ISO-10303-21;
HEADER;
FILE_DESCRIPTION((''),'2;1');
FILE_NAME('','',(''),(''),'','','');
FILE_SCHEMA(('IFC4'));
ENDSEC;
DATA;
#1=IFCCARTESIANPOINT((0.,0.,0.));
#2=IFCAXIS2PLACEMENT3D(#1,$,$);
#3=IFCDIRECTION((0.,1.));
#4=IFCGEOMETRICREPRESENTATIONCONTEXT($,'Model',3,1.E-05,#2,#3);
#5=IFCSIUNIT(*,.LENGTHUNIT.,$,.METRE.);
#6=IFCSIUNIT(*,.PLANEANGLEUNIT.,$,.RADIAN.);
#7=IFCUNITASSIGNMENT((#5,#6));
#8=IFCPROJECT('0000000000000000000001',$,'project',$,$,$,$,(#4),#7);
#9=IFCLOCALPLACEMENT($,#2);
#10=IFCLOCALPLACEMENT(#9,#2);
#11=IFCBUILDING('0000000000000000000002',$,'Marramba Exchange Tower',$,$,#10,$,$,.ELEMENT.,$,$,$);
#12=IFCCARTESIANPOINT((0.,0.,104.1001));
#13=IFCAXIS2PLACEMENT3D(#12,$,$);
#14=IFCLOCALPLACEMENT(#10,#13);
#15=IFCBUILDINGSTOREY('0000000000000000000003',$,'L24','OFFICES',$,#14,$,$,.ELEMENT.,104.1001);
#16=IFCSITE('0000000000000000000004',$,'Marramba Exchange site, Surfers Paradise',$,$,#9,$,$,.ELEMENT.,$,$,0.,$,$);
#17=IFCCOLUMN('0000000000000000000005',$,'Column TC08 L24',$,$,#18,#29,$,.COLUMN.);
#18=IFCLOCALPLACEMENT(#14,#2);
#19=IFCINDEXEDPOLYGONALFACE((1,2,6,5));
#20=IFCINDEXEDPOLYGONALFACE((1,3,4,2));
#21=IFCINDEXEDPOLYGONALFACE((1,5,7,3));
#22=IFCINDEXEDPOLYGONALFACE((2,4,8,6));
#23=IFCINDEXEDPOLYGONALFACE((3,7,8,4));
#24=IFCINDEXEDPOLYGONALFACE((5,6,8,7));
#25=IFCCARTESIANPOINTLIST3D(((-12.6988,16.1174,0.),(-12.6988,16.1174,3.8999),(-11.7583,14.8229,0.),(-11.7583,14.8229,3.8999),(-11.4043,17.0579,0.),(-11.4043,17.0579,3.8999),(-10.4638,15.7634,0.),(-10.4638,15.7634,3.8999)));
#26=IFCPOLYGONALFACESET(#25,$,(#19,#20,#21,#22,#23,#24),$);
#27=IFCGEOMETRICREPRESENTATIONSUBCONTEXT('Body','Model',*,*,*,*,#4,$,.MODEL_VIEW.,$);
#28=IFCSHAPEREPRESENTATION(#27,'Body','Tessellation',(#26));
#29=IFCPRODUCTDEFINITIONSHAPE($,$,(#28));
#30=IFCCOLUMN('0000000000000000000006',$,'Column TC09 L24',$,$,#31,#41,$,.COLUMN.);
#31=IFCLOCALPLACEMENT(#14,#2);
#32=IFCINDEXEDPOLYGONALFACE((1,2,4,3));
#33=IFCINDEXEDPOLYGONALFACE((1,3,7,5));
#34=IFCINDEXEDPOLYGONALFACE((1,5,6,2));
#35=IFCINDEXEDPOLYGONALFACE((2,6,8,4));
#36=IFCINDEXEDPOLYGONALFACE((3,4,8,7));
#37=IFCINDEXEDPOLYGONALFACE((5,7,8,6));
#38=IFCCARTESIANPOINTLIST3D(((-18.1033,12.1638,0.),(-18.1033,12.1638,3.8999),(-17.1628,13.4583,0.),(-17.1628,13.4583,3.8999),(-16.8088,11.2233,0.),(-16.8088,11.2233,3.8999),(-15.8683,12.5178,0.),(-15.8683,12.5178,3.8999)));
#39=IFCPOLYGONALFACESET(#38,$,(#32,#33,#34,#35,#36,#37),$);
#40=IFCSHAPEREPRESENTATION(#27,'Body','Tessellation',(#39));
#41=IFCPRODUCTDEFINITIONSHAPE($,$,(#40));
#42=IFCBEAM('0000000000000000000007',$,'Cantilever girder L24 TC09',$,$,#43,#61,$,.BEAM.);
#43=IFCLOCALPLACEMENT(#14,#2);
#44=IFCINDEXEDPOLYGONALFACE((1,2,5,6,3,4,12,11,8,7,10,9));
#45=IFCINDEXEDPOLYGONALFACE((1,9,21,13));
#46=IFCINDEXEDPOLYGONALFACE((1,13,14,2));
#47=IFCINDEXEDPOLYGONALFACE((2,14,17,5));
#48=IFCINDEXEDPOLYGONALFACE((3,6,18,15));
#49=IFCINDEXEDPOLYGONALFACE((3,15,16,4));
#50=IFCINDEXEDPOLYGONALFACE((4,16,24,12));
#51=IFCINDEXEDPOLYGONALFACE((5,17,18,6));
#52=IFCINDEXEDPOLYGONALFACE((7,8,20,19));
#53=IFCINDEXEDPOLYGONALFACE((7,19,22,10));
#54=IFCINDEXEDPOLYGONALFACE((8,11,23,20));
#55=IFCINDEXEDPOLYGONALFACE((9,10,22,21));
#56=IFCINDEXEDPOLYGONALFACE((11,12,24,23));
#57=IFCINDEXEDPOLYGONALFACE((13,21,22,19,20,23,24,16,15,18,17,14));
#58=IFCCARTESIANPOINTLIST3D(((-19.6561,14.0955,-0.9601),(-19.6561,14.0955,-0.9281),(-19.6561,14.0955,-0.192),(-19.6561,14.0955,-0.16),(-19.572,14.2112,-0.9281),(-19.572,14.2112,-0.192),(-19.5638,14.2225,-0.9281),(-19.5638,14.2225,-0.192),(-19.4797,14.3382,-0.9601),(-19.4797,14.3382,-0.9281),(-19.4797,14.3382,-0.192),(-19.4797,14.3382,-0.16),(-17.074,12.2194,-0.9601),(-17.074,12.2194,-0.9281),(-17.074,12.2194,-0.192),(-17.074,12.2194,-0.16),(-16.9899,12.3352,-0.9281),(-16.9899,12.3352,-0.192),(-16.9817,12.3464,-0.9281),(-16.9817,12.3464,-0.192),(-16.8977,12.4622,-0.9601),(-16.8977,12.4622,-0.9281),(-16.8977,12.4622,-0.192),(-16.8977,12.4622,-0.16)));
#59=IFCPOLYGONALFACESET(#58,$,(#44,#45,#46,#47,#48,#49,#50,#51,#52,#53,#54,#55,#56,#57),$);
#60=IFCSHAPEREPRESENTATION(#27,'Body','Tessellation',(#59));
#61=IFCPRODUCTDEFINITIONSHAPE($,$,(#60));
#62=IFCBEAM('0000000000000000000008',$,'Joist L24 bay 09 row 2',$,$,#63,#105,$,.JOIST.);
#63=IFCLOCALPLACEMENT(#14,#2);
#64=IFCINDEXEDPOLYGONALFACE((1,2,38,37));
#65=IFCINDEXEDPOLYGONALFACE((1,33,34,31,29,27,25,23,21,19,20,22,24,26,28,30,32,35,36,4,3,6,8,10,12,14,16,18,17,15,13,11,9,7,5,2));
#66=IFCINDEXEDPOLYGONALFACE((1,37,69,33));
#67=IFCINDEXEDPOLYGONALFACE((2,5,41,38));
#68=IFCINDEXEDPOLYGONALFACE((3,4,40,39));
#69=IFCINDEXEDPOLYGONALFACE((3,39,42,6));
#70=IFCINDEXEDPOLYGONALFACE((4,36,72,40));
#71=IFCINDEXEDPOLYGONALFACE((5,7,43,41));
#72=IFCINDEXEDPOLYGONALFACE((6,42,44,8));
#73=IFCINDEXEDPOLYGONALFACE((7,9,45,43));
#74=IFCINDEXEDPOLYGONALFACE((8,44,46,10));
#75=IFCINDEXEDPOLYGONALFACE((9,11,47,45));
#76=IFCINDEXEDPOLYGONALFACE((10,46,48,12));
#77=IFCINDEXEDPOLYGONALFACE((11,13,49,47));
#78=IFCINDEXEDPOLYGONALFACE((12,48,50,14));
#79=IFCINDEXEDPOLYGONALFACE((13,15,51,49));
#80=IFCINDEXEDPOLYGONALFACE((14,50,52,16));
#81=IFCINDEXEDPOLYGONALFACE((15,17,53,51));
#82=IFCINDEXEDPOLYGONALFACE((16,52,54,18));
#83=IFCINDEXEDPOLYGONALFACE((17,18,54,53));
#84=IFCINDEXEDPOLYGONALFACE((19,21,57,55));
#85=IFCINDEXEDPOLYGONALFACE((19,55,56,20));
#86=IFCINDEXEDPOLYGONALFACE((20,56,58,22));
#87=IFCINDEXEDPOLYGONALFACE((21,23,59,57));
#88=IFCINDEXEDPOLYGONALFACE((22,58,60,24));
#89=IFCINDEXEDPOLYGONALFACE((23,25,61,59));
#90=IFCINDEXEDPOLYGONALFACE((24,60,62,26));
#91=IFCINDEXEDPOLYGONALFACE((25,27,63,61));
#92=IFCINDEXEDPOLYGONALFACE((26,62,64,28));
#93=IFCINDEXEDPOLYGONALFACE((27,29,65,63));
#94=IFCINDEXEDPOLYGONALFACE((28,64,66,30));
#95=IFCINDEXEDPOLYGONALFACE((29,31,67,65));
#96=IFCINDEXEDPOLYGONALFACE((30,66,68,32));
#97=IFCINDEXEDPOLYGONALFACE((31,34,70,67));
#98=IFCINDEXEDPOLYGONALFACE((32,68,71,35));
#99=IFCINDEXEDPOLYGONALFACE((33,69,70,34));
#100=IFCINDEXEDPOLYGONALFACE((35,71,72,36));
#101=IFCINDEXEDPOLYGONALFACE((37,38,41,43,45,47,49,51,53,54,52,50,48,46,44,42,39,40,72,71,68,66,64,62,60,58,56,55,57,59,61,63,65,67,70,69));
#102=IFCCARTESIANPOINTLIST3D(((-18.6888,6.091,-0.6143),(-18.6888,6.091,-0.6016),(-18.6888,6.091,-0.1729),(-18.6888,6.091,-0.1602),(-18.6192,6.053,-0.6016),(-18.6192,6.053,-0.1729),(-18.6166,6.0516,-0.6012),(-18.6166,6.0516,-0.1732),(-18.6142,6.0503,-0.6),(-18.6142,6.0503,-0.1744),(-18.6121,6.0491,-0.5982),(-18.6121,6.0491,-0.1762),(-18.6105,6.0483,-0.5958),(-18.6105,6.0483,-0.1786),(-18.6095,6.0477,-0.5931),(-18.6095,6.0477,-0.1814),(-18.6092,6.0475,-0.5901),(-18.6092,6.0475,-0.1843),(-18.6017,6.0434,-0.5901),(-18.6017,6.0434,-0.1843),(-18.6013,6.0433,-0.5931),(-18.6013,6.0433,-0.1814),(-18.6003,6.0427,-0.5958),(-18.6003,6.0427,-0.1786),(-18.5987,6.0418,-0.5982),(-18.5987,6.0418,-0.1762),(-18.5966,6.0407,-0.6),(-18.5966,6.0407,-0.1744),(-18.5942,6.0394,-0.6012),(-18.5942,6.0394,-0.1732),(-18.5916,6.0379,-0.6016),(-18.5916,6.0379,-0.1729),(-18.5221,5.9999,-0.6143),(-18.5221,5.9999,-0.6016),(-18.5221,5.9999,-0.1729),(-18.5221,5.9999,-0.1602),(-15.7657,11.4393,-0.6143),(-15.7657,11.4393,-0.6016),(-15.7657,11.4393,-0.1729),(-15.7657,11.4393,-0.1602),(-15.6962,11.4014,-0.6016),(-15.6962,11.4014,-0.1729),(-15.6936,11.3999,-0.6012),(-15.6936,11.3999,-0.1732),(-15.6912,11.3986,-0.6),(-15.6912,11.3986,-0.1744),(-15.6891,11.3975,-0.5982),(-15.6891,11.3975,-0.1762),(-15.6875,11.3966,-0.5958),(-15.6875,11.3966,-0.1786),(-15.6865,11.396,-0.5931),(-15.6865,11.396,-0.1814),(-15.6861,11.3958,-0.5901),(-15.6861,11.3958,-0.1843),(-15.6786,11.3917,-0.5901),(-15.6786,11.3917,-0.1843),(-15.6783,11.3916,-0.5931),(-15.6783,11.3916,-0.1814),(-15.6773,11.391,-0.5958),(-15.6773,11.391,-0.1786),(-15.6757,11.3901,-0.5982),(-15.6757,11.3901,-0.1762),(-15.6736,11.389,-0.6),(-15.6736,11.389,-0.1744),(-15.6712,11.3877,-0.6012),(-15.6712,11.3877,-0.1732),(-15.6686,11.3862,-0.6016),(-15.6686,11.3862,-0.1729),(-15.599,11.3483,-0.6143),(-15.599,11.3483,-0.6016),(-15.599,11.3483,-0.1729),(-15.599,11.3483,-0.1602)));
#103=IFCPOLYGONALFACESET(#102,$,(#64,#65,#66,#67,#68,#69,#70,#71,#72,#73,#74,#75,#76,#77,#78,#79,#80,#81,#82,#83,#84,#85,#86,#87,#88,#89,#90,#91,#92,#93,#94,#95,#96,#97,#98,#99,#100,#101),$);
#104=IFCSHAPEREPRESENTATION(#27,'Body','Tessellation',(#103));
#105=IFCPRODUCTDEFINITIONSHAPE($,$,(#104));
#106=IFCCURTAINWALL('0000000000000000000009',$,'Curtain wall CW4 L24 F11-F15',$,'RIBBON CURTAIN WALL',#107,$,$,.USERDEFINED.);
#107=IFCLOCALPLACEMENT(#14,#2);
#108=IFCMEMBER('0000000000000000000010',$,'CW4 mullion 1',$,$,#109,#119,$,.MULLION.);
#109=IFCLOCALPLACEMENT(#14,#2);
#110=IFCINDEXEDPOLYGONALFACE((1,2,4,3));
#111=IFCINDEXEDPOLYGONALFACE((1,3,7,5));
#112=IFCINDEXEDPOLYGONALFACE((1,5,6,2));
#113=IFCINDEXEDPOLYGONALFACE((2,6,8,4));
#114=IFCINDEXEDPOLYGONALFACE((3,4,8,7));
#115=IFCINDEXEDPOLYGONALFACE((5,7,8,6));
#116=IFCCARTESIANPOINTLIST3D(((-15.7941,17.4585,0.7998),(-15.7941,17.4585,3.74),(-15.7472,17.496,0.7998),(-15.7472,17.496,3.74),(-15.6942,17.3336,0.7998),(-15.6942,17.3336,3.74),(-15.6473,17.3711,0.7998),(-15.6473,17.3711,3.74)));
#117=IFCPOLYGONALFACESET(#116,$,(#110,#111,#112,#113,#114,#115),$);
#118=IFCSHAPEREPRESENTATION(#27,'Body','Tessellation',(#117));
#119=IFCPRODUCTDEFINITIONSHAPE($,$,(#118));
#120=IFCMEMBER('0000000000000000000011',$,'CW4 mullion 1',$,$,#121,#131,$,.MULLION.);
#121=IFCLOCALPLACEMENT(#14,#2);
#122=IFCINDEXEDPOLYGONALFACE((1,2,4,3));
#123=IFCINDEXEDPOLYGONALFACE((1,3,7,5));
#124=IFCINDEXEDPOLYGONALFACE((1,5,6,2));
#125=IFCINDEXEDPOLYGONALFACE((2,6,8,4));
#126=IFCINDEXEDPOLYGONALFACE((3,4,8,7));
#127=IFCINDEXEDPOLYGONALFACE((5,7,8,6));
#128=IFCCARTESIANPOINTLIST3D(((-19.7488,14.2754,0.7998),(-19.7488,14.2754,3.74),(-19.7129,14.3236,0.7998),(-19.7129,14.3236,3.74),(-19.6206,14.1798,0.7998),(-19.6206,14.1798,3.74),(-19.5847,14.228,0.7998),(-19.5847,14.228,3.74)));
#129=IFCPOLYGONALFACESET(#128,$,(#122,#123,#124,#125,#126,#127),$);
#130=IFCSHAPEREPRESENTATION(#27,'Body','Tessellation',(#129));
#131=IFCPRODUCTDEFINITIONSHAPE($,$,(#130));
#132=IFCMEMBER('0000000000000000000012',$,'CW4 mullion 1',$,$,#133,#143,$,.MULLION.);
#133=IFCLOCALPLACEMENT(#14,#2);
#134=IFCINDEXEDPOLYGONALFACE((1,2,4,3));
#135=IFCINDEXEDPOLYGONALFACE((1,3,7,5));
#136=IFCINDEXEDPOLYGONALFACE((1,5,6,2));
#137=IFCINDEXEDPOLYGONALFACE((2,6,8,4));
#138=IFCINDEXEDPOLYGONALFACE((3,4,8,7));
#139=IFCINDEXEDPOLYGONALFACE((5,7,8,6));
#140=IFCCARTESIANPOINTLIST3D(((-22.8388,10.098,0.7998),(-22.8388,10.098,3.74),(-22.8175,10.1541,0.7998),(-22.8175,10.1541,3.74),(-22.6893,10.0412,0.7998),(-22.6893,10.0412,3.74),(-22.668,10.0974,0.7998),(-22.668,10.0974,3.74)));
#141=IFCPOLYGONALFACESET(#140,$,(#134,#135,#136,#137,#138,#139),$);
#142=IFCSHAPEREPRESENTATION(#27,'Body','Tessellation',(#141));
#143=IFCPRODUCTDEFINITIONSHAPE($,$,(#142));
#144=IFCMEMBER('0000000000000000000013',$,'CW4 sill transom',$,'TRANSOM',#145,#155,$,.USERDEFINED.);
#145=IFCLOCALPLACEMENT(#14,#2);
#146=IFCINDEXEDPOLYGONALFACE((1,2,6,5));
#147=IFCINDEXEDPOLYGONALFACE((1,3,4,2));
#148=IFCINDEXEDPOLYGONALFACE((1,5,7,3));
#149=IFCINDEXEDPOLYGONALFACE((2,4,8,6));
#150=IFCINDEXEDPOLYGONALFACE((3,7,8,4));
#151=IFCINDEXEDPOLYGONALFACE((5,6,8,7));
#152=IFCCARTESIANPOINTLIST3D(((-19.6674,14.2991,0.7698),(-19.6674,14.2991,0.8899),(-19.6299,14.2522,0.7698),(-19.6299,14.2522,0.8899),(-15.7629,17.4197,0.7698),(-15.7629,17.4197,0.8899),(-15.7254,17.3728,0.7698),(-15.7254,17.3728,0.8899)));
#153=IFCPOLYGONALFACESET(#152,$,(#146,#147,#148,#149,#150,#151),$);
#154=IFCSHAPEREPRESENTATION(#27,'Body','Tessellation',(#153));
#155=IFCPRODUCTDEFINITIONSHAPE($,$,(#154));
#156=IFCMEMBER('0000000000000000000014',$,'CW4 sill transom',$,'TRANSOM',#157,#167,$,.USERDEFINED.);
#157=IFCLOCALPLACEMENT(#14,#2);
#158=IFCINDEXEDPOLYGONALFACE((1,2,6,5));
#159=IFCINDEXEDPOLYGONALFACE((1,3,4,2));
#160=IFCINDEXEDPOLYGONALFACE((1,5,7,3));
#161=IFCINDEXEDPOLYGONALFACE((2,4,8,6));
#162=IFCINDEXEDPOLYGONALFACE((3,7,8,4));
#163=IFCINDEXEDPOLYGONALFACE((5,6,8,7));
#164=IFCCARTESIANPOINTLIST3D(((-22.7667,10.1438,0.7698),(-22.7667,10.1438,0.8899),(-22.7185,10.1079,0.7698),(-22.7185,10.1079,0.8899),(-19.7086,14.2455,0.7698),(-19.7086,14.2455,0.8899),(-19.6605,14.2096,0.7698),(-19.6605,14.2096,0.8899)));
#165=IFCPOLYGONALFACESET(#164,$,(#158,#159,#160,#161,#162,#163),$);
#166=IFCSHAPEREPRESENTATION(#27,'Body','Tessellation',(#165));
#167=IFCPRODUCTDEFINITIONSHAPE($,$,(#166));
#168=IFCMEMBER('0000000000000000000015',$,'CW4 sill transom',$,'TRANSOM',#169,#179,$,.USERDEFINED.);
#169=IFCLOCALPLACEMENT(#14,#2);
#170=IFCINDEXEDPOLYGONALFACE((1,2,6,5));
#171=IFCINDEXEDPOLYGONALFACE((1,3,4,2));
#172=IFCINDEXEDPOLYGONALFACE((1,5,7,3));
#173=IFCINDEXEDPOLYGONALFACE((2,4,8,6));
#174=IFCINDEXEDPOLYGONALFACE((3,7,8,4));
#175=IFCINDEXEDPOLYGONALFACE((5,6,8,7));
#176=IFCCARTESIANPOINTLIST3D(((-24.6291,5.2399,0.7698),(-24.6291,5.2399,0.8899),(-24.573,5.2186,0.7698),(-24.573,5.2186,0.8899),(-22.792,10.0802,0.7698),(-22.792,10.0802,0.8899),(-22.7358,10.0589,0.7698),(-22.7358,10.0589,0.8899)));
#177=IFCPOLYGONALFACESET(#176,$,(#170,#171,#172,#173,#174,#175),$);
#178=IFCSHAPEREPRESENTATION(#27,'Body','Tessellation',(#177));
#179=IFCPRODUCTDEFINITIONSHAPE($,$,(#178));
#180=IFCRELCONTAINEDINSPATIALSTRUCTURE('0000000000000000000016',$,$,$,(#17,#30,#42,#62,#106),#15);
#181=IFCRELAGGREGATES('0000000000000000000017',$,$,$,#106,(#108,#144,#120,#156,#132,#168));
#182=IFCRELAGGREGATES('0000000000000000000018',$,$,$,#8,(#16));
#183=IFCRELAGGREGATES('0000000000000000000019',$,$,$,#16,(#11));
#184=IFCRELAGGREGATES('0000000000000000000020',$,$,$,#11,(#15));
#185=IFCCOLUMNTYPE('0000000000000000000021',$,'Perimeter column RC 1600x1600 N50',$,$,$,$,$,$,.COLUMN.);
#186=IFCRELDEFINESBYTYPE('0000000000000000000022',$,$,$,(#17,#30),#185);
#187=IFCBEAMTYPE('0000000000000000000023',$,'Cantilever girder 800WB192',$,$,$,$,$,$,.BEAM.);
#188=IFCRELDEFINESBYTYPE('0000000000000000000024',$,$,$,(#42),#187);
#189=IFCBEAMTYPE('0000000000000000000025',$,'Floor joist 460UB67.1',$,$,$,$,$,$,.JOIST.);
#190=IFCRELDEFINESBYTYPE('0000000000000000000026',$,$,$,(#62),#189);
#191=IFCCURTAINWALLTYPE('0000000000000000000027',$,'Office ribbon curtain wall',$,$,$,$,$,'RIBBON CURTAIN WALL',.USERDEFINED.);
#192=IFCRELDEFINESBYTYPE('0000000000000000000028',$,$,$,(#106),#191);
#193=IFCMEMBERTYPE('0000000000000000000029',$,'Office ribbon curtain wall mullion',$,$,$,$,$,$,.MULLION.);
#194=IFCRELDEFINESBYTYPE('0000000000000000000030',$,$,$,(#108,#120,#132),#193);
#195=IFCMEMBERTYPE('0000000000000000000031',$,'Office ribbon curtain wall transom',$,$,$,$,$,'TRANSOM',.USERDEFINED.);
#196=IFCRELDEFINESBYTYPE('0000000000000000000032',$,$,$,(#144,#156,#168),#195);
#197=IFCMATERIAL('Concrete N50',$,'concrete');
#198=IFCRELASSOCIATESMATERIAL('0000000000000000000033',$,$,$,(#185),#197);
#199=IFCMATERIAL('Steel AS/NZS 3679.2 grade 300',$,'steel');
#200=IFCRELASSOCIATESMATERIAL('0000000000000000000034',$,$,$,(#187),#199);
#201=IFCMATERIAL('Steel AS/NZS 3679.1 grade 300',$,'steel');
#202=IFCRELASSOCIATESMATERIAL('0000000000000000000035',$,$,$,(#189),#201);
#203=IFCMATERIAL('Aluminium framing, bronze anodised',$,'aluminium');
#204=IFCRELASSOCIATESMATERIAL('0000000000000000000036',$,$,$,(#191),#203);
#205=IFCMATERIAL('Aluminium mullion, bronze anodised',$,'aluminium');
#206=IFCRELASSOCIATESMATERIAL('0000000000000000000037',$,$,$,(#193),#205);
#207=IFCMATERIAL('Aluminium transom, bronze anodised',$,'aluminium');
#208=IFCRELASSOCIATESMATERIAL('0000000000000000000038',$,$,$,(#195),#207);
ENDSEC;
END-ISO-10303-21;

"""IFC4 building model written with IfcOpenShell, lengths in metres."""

from ifc_helpers import new_model, si_unit, direction, frame, origin, origin_2d, place, context, subcontext, project, spatial, rectangle, i_section, extrude, material, material_profile, profile_set, type_object, element, aggregate, save


model = new_model("IFC4")

# Units and contexts
model_context = context("Model", 3, precision=1e-05, world=origin(), true_north=direction((0.0, 1.0)))
body_context = subcontext(model_context, "Body", "Model", "MODEL_VIEW")
ifc_project = project(units=[si_unit("LENGTHUNIT", "METRE"), si_unit("PLANEANGLEUNIT", "RADIAN")], contexts=[model_context])

# Site, building, storey
site_placement = place(None, origin())
site = spatial("IfcSite", under=ifc_project, at=site_placement, Name="Marramba Exchange site, Surfers Paradise", CompositionType="ELEMENT", RefElevation=0.0)
building_placement = place(site_placement, origin())
building = spatial("IfcBuilding", under=site, at=building_placement, Name="Marramba Exchange Tower", CompositionType="ELEMENT")
storey_placement = place(building_placement, frame((0.0, 0.0, 104.1001)))
storey = spatial("IfcBuildingStorey", under=building, at=storey_placement, Name="L24", Description="OFFICES", CompositionType="ELEMENT", Elevation=104.1001)

# Columns
ifc_material_1 = material(Name="Concrete N50", Category="concrete")
ifc_material_profile_1 = material_profile(ifc_material_1, rectangle(XDim=1.6001, YDim=1.6001, at=origin_2d()), Name="RC 1600x1600")
ifc_profile_set_1 = profile_set([ifc_material_profile_1], Name="Concrete N50")
column_type = type_object("IfcColumnType", Name="Perimeter column RC 1600x1600 N50", PredefinedType="COLUMN", material=ifc_profile_set_1)
for number, where, z_axis, x_axis, name in (
    (1, (-11.5813, 15.9404, 0.0), (0.0, 0.0, 1.0), (-0.587785, 0.809017, 0.0), "Column TC08 L24"),
    (2, (-16.9858, 12.3408, 0.0), (0.0, 0.0, 1.0), (-0.809017, 0.587785, 0.0), "Column TC09 L24"),
):
    element("IfcColumn", number, at=place(storey_placement, frame(where, z_axis=z_axis, x_axis=x_axis)), inside=storey, type_object=column_type, Name=name, PredefinedType="COLUMN", context=body_context, shape_type="SweptSolid", body=[
        extrude(rectangle(XDim=1.6001, YDim=1.6001, at=origin_2d()), origin(), (0.0, 0.0, 1.0), 3.8999),
    ])

# Beams
ifc_material_2 = material(Name="Steel AS/NZS 3679.2 grade 300", Category="steel")
ifc_material_profile_2 = material_profile(ifc_material_2, i_section(OverallWidth=0.3, OverallDepth=0.8, WebThickness=0.0139, FlangeThickness=0.032, at=origin_2d()), Name="800WB192")
ifc_profile_set_2 = profile_set([ifc_material_profile_2], Name="Steel AS/NZS 3679.2 grade 300")
beam_type_1 = type_object("IfcBeamType", Name="Cantilever girder 800WB192", PredefinedType="BEAM", material=ifc_profile_set_2)
beam_1_placement = place(storey_placement, frame((-16.9858, 12.3408, -0.5601), z_axis=(-0.809014, 0.58779, 0.0), x_axis=(-0.58779, -0.809014, 0.0)))
element("IfcBeam", 3, at=beam_1_placement, inside=storey, type_object=beam_type_1, Name="Cantilever girder L24 TC09", PredefinedType="BEAM", context=body_context, shape_type="SweptSolid", body=[
    extrude(i_section(OverallWidth=0.3, OverallDepth=0.8, WebThickness=0.0139, FlangeThickness=0.032, at=origin_2d()), origin(), (0.0, 0.0, 1.0), 3.1917),
])
ifc_material_3 = material(Name="Steel AS/NZS 3679.1 grade 300", Category="steel")
ifc_material_profile_3 = material_profile(ifc_material_3, i_section(OverallWidth=0.1899, OverallDepth=0.4541, WebThickness=0.0085, FlangeThickness=0.0127, FilletRadius=0.0115, at=origin_2d()), Name="460UB67.1")
ifc_profile_set_3 = profile_set([ifc_material_profile_3], Name="Steel AS/NZS 3679.1 grade 300")
beam_type_2 = type_object("IfcBeamType", Name="Floor joist 460UB67.1", PredefinedType="JOIST", material=ifc_profile_set_3)
beam_2_placement = place(storey_placement, frame((-15.6824, 11.3938, -0.3872), z_axis=(-0.479584, -0.877496, 0.0), x_axis=(0.877496, -0.479584, 0.0)))
element("IfcBeam", 4, at=beam_2_placement, inside=storey, type_object=beam_type_2, Name="Joist L24 bay 09 row 2", PredefinedType="JOIST", context=body_context, shape_type="SweptSolid", body=[
    extrude(i_section(OverallWidth=0.1899, OverallDepth=0.4541, WebThickness=0.0085, FlangeThickness=0.0127, FilletRadius=0.0115, at=origin_2d()), origin(), (0.0, 0.0, 1.0), 6.095),
])

# Curtain wall, members
ifc_material_4 = material(Name="Aluminium framing, bronze anodised", Category="aluminium")
curtain_wall_type = type_object("IfcCurtainWallType", Name="Office ribbon curtain wall", ElementType="RIBBON CURTAIN WALL", PredefinedType="USERDEFINED", material=ifc_material_4)
curtain_wall_placement = place(storey_placement, origin())
curtain_wall = element("IfcCurtainWall", 5, at=curtain_wall_placement, inside=storey, type_object=curtain_wall_type, Name="Curtain wall CW4 L24 F11-F15", ObjectType="RIBBON CURTAIN WALL", PredefinedType="USERDEFINED")
ifc_material_5 = material(Name="Aluminium mullion, bronze anodised", Category="aluminium")
ifc_material_profile_4 = material_profile(ifc_material_5, rectangle(XDim=0.1599, YDim=0.0601, at=origin_2d()), Name="CW4 mullion 60x160")
ifc_profile_set_4 = profile_set([ifc_material_profile_4], Name="Aluminium mullion, bronze anodised")
member_type_1 = type_object("IfcMemberType", Name="Office ribbon curtain wall mullion", PredefinedType="MULLION", material=ifc_profile_set_4)
member_1_placement = place(storey_placement, frame((-15.7207, 17.4148, 0.7998), z_axis=(0.0, 0.0, 1.0), x_axis=(0.624308, -0.781178, 0.0)))
member_1 = element("IfcMember", 6, at=member_1_placement, type_object=member_type_1, Name="CW4 mullion 1", PredefinedType="MULLION", context=body_context, shape_type="SweptSolid", body=[
    extrude(rectangle(XDim=0.1599, YDim=0.0601, at=origin_2d()), origin(), (0.0, 0.0, 1.0), 2.9402),
])
member_2_placement = place(storey_placement, frame((-19.6667, 14.2517, 0.7998), z_axis=(0.0, 0.0, 1.0), x_axis=(0.801717, -0.597704, 0.0)))
member_2 = element("IfcMember", 7, at=member_2_placement, type_object=member_type_1, Name="CW4 mullion 1", PredefinedType="MULLION", context=body_context, shape_type="SweptSolid", body=[
    extrude(rectangle(XDim=0.1599, YDim=0.0601, at=origin_2d()), origin(), (0.0, 0.0, 1.0), 2.9402),
])
member_3_placement = place(storey_placement, frame((-22.7534, 10.0977, 0.7998), z_axis=(0.0, 0.0, 1.0), x_axis=(0.934925, -0.354844, 0.0)))
member_3 = element("IfcMember", 8, at=member_3_placement, type_object=member_type_1, Name="CW4 mullion 1", PredefinedType="MULLION", context=body_context, shape_type="SweptSolid", body=[
    extrude(rectangle(XDim=0.1599, YDim=0.0601, at=origin_2d()), origin(), (0.0, 0.0, 1.0), 2.9402),
])
ifc_material_6 = material(Name="Aluminium transom, bronze anodised", Category="aluminium")
ifc_material_profile_5 = material_profile(ifc_material_6, rectangle(XDim=0.0601, YDim=0.1201, at=origin_2d()), Name="CW4 transom 60x120")
ifc_profile_set_5 = profile_set([ifc_material_profile_5], Name="Aluminium transom, bronze anodised")
member_type_2 = type_object("IfcMemberType", Name="Office ribbon curtain wall transom", ElementType="TRANSOM", PredefinedType="USERDEFINED", material=ifc_profile_set_5)
member_4_placement = place(storey_placement, frame((-15.7441, 17.3962, 0.8298), z_axis=(-0.781164, -0.624326, 0.0), x_axis=(0.624326, -0.781164, 0.0)))
member_4 = element("IfcMember", 9, at=member_4_placement, type_object=member_type_2, Name="CW4 sill transom", ObjectType="TRANSOM", PredefinedType="USERDEFINED", context=body_context, shape_type="SweptSolid", body=[
    extrude(rectangle(XDim=0.0601, YDim=0.1201, at=origin_2d()), origin(), (0.0, 0.0, 1.0), 4.9983),
])
member_5_placement = place(storey_placement, frame((-19.6846, 14.2275, 0.8298), z_axis=(-0.597715, -0.801709, 0.0), x_axis=(0.801709, -0.597715, 0.0)))
member_5 = element("IfcMember", 10, at=member_5_placement, type_object=member_type_2, Name="CW4 sill transom", ObjectType="TRANSOM", PredefinedType="USERDEFINED", context=body_context, shape_type="SweptSolid", body=[
    extrude(rectangle(XDim=0.0601, YDim=0.1201, at=origin_2d()), origin(), (0.0, 0.0, 1.0), 5.1162),
])
member_6_placement = place(storey_placement, frame((-22.7639, 10.0696, 0.8298), z_axis=(-0.354852, -0.934923, 0.0), x_axis=(0.934923, -0.354852, 0.0)))
member_6 = element("IfcMember", 11, at=member_6_placement, type_object=member_type_2, Name="CW4 sill transom", ObjectType="TRANSOM", PredefinedType="USERDEFINED", context=body_context, shape_type="SweptSolid", body=[
    extrude(rectangle(XDim=0.0601, YDim=0.1201, at=origin_2d()), origin(), (0.0, 0.0, 1.0), 5.1772),
])

aggregate(curtain_wall, [member_1, member_4, member_2, member_5, member_3, member_6])

save(model, "model.ifc")
